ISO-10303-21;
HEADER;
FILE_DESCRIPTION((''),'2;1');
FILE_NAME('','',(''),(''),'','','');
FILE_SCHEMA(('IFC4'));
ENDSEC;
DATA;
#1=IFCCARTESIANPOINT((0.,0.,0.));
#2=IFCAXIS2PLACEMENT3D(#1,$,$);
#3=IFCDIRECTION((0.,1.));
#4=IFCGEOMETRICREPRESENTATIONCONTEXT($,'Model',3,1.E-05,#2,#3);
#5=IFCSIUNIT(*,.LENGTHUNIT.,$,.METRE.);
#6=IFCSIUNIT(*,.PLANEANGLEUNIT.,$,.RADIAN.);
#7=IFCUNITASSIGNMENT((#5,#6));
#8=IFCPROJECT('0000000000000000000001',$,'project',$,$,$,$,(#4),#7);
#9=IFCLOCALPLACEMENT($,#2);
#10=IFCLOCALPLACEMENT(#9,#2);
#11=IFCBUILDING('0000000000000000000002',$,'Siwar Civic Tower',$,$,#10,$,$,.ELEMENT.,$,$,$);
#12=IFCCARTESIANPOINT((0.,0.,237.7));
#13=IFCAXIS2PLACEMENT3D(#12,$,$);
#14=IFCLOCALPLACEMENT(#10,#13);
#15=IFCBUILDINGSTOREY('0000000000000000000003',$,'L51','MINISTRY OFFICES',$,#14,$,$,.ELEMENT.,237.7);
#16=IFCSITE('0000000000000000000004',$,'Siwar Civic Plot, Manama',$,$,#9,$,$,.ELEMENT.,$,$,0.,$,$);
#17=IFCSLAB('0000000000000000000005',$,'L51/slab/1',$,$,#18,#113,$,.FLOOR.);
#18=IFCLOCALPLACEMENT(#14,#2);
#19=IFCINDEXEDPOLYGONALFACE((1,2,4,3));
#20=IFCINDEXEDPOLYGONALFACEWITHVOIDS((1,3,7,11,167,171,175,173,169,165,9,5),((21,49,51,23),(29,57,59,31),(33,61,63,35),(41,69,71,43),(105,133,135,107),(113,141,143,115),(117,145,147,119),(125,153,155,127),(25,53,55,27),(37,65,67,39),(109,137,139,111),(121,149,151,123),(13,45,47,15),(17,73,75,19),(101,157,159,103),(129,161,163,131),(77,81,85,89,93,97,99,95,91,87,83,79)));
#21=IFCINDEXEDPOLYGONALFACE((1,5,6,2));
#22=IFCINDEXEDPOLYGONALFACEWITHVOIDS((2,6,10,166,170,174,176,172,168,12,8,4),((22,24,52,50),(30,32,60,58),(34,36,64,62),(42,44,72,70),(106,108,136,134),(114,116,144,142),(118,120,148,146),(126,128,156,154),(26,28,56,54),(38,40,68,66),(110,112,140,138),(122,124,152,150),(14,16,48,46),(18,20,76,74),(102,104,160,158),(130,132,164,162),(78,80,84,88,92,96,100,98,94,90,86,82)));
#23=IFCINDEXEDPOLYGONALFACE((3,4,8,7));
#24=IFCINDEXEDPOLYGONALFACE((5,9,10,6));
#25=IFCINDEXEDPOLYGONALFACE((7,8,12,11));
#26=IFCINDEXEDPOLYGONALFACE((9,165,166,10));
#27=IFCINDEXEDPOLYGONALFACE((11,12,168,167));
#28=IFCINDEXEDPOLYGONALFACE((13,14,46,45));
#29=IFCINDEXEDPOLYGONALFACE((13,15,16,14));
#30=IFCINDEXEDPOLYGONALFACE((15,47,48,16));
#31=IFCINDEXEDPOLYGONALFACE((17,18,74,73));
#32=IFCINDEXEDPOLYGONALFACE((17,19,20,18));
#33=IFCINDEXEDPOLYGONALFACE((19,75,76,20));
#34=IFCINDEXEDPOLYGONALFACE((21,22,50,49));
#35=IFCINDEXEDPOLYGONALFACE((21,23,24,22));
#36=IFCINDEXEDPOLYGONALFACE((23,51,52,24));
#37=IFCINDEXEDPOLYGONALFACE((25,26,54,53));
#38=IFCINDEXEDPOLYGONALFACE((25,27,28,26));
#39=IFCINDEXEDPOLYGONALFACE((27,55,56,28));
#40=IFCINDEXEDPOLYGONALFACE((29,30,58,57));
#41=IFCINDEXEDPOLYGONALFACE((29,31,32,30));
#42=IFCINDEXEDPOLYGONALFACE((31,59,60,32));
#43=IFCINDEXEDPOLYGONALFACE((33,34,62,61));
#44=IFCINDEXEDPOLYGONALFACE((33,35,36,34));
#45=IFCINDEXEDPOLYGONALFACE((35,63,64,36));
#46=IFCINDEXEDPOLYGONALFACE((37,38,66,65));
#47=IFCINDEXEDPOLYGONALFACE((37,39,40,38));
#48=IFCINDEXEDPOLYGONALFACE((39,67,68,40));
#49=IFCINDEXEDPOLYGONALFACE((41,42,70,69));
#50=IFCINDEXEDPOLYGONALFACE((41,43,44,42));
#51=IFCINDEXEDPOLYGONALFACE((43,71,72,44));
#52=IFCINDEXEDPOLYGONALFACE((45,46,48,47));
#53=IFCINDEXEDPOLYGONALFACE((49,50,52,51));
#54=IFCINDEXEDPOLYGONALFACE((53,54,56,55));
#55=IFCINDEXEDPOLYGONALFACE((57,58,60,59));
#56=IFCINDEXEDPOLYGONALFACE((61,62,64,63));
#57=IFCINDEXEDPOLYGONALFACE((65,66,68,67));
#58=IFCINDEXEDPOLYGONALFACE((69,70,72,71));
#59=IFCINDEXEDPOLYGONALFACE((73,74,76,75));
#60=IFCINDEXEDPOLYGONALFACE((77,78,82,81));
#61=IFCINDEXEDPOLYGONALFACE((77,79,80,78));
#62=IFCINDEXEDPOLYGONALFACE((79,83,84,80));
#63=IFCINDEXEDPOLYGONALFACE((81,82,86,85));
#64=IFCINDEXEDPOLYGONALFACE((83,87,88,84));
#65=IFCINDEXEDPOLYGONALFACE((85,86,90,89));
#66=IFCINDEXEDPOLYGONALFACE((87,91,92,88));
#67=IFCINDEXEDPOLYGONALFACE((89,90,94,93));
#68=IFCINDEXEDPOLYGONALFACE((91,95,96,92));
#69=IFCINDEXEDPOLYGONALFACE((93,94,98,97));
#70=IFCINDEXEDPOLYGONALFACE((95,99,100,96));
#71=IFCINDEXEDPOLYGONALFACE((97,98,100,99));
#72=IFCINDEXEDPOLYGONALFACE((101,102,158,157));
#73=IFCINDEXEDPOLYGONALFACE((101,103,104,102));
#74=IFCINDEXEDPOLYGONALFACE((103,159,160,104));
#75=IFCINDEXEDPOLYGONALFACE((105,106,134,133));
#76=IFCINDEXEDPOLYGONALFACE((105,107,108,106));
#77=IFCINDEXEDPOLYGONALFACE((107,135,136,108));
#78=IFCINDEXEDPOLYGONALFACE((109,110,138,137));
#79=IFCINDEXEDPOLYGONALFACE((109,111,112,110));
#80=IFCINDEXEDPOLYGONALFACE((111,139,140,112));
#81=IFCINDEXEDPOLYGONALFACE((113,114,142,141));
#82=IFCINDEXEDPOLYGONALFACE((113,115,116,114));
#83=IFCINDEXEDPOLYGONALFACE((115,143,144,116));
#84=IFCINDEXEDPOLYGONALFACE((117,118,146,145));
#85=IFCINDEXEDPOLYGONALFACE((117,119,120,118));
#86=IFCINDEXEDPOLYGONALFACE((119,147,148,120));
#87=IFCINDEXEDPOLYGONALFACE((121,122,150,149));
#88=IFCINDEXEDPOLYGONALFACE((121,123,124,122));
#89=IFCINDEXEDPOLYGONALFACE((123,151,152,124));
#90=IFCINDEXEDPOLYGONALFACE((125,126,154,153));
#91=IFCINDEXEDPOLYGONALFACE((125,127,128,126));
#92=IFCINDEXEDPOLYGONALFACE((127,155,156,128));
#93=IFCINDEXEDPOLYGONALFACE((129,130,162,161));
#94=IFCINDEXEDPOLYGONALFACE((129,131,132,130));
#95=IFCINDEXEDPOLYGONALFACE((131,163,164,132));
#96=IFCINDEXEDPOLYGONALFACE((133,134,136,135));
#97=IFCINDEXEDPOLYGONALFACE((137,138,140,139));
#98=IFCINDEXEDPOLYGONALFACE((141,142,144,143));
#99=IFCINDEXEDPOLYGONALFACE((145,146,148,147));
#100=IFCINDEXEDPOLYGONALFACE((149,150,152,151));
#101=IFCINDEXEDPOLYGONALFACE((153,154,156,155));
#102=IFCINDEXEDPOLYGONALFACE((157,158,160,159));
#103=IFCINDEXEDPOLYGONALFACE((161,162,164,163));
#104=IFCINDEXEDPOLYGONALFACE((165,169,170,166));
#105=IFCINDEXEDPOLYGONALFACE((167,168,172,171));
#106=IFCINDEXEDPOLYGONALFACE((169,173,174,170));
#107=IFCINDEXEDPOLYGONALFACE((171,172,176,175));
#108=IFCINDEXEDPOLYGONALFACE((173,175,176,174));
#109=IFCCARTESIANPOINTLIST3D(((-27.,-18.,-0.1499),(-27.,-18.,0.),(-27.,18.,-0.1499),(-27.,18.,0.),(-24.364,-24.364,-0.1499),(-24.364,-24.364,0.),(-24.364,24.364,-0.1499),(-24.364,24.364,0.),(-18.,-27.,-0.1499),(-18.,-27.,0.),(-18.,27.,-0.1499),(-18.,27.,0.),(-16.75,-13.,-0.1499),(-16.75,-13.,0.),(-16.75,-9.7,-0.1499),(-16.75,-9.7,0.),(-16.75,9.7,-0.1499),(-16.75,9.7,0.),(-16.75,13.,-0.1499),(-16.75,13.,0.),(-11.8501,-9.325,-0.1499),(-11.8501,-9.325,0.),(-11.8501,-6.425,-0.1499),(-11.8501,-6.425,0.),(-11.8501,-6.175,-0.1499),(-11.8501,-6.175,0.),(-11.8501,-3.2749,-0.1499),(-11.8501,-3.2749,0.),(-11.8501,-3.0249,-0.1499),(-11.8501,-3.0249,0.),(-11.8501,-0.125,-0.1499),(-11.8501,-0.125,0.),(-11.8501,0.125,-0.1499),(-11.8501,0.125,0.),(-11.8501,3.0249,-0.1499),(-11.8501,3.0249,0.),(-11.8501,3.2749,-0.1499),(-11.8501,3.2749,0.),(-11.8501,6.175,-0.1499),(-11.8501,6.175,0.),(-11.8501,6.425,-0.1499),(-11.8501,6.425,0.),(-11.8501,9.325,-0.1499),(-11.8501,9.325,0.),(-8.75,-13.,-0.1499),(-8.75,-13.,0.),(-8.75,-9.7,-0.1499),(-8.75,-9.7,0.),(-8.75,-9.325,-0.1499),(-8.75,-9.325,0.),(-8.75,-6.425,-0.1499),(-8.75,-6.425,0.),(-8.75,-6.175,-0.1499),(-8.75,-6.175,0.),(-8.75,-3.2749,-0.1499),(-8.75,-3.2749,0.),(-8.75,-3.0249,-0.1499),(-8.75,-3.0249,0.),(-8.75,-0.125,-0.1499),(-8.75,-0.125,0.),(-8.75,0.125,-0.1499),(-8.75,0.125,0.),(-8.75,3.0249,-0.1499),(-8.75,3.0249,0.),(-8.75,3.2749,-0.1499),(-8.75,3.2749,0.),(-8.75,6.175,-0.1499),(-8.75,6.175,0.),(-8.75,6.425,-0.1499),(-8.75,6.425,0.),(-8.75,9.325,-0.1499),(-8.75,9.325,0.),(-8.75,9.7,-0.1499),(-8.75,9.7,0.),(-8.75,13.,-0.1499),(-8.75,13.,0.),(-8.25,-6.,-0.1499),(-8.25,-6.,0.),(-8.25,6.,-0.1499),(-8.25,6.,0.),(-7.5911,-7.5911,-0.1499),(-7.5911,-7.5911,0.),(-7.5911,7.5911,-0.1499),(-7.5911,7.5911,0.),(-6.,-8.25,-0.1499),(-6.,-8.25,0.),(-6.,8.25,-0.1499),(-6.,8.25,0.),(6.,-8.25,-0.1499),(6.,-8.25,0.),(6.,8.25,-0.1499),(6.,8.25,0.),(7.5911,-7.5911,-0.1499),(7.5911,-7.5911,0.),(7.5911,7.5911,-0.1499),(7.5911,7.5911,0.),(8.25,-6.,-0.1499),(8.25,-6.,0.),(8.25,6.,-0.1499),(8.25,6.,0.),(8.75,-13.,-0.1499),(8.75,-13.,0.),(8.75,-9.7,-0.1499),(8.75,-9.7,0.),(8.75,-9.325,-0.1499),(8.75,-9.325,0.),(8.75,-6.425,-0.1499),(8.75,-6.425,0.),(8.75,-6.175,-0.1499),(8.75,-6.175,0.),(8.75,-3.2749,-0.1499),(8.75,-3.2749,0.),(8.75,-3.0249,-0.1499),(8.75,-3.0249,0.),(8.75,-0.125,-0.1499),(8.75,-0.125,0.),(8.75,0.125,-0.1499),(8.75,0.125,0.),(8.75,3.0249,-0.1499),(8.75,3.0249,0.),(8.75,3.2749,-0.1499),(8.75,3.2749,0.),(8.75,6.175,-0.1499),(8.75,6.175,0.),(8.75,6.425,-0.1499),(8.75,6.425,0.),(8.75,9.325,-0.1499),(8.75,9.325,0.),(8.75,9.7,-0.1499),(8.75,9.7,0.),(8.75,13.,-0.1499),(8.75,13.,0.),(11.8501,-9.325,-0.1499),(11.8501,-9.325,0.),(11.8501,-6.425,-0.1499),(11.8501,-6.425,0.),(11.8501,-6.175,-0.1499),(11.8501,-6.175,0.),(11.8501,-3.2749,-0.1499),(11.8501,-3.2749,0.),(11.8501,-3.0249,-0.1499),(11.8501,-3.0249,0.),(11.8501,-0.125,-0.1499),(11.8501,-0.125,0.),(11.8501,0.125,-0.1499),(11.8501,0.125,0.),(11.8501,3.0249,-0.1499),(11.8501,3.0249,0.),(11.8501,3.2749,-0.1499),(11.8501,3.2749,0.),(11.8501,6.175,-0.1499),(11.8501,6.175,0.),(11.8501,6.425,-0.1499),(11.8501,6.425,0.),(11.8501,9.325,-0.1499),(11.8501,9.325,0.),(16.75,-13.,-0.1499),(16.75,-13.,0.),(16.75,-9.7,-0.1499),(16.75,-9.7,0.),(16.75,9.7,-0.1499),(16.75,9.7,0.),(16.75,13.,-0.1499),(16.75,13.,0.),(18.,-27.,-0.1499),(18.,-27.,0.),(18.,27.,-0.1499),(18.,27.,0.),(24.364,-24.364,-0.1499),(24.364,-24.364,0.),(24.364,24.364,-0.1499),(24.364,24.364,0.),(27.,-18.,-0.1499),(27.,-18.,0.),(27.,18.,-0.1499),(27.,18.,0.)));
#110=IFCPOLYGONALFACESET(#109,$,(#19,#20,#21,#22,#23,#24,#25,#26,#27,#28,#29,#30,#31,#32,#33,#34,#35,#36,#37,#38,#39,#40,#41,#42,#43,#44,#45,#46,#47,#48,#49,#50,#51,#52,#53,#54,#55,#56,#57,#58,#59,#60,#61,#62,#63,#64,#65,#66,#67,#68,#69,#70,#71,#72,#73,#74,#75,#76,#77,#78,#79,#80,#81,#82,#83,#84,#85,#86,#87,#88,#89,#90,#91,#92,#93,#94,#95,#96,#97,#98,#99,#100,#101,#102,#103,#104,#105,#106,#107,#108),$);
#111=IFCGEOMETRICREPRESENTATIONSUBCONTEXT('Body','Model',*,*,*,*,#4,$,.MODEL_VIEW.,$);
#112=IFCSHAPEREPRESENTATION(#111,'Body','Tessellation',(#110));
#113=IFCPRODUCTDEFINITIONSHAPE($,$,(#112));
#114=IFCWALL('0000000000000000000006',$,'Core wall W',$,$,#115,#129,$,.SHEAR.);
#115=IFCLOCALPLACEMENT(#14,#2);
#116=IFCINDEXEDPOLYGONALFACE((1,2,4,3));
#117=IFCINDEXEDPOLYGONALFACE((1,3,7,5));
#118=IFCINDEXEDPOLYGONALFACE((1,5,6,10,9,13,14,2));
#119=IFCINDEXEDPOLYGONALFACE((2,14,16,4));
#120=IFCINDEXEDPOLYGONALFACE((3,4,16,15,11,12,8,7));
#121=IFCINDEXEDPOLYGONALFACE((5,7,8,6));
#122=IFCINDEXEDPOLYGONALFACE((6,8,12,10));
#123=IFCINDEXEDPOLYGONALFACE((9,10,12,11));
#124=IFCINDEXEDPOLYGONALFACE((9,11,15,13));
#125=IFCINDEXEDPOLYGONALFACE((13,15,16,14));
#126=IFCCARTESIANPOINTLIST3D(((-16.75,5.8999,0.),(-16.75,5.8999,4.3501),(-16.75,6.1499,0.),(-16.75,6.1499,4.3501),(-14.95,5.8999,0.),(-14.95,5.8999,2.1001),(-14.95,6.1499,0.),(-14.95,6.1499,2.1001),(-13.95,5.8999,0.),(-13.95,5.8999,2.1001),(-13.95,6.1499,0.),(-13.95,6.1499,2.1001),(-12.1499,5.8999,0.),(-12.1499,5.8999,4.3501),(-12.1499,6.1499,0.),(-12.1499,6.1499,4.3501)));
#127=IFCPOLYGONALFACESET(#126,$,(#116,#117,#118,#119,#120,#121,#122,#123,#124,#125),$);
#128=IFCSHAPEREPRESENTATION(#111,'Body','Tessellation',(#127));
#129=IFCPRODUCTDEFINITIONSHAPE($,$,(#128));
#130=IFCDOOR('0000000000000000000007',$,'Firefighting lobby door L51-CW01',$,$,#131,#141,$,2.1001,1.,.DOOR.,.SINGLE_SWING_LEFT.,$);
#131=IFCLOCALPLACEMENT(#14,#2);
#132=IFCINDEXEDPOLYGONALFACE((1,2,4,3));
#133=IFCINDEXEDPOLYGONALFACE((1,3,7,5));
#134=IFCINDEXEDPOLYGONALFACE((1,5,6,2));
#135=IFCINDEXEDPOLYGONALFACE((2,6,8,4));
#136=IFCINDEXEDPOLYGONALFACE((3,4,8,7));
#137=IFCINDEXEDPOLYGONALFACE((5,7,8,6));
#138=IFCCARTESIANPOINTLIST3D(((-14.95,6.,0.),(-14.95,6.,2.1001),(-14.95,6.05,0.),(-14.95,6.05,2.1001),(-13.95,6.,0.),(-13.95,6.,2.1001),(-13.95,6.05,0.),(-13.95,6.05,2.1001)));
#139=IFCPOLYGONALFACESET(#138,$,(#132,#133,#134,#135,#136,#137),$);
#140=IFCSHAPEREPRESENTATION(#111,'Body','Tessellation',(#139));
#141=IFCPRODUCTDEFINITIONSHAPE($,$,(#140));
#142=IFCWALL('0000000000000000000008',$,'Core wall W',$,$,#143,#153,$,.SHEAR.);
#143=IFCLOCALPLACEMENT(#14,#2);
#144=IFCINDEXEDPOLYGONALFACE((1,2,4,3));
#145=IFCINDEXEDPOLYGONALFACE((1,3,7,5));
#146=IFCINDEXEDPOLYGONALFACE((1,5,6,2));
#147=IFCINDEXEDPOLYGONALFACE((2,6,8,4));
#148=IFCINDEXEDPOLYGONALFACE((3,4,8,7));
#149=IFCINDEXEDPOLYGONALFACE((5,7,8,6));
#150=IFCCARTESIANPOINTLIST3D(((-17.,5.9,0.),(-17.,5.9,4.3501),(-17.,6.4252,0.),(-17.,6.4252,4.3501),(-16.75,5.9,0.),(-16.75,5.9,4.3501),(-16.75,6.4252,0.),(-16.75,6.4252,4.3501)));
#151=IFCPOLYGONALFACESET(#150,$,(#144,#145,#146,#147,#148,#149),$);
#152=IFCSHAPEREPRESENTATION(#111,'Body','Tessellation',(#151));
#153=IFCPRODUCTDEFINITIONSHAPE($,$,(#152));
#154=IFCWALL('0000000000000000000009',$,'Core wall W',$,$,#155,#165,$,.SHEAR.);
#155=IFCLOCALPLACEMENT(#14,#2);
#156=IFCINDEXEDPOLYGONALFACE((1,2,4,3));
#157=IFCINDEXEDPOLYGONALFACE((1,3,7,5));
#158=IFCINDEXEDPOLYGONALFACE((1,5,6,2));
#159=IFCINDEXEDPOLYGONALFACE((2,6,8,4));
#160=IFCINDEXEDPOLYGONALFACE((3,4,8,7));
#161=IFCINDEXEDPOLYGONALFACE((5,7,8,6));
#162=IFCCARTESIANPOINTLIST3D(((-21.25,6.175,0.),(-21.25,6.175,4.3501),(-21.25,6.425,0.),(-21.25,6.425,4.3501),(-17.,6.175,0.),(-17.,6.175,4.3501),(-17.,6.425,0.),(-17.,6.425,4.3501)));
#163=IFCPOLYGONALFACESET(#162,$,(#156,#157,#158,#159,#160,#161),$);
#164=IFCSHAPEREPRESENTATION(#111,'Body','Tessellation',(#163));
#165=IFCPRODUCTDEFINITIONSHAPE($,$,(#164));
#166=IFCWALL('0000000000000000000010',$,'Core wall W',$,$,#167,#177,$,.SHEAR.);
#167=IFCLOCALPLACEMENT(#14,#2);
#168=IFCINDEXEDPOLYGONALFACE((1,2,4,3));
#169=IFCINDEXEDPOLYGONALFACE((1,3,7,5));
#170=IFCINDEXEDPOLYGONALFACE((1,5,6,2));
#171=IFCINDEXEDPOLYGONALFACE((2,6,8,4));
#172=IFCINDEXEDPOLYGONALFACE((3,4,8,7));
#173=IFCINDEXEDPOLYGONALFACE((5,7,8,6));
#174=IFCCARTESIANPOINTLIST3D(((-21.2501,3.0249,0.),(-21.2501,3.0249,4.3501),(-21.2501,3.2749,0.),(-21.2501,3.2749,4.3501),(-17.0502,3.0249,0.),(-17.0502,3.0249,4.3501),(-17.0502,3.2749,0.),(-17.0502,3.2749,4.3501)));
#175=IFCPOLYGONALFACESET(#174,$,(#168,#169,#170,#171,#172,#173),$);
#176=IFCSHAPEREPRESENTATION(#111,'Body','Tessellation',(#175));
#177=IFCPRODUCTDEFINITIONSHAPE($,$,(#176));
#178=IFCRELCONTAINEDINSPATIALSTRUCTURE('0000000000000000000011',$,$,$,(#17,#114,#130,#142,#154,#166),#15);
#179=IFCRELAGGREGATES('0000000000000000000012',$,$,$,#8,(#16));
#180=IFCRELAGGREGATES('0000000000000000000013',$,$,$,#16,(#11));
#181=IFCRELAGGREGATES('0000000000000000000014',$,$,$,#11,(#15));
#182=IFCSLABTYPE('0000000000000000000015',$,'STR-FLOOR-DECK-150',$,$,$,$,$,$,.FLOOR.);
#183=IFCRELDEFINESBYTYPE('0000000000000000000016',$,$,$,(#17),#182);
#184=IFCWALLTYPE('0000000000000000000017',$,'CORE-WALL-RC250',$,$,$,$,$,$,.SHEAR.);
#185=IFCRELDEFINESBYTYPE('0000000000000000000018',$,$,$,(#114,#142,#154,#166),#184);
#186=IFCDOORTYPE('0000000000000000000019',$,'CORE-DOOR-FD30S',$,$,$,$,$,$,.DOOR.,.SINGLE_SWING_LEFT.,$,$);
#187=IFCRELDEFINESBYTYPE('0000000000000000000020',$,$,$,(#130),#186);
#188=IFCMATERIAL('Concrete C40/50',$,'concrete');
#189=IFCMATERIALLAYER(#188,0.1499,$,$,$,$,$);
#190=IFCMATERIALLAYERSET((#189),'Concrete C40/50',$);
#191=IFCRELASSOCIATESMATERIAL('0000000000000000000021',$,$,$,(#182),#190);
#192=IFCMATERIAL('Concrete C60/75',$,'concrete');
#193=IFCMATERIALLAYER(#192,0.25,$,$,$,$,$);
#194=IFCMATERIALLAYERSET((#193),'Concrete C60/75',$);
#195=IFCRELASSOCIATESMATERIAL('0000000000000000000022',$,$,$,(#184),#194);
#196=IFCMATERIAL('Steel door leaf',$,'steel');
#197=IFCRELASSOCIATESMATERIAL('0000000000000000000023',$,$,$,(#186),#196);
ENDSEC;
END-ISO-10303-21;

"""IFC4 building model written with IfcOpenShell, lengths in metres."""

from ifc_helpers import new_model, si_unit, direction, frame, frame_2d, origin, place, context, subcontext, project, spatial, polyline, rectangle, outline, extrude, material, layer, layer_set, type_object, element, fill, save


model = new_model("IFC4")

# Units and contexts
model_context = context("Model", 3, precision=1e-05, world=origin(), true_north=direction((0.0, 1.0)))
body_context = subcontext(model_context, "Body", "Model", "MODEL_VIEW")
ifc_project = project(units=[si_unit("LENGTHUNIT", "METRE"), si_unit("PLANEANGLEUNIT", "RADIAN")], contexts=[model_context])

# Site, building, storey
site_placement = place(None, origin())
site = spatial("IfcSite", under=ifc_project, at=site_placement, Name="Siwar Civic Plot, Manama", CompositionType="ELEMENT", RefElevation=0.0)
building_placement = place(site_placement, origin())
building = spatial("IfcBuilding", under=site, at=building_placement, Name="Siwar Civic Tower", CompositionType="ELEMENT")
storey_placement = place(building_placement, frame((0.0, 0.0, 237.7)))
storey = spatial("IfcBuildingStorey", under=building, at=storey_placement, Name="L51", Description="MINISTRY OFFICES", CompositionType="ELEMENT", Elevation=237.7)

# Slab
ifc_material_1 = material(Name="Concrete C40/50", Category="concrete")
ifc_layer_1 = layer(ifc_material_1, 0.1499)
ifc_layer_set_1 = layer_set([ifc_layer_1], Name="Concrete C40/50")
slab_type_1 = type_object("IfcSlabType", Name="STR-FLOOR-DECK-150", PredefinedType="FLOOR", material=ifc_layer_set_1)
slab_1_placement = place(storey_placement, frame((0.0, 0.0, -0.1499)))
element("IfcSlab", 1, at=slab_1_placement, inside=storey, type_object=slab_type_1, Name="L51/slab/1", PredefinedType="FLOOR", context=body_context, shape_type="SweptSolid", body=[
    extrude(outline(polyline([(-18.0, -27.0), (18.0, -27.0), (24.364, -24.364), (27.0, -18.0), (27.0, 18.0), (24.364, 24.364), (18.0, 27.0), (-18.0, 27.0), (-24.364, 24.364), (-27.0, 18.0), (-27.0, -18.0), (-24.364, -24.364), (-18.0, -27.0)]), holes=[polyline([(16.75, 13.0), (16.75, 9.7), (8.75, 9.7), (8.75, 13.0), (16.75, 13.0)]), polyline([(8.75, -9.7), (16.75, -9.7), (16.75, -13.0), (8.75, -13.0), (8.75, -9.7)]), polyline([(11.8501, 9.325), (11.8501, 6.425), (8.75, 6.425), (8.75, 9.325), (11.8501, 9.325)]), polyline([(8.75, 6.175), (11.8501, 6.175), (11.8501, 3.2749), (8.75, 3.2749), (8.75, 6.175)]), polyline([(8.75, 3.0249), (11.8501, 3.0249), (11.8501, 0.125), (8.75, 0.125), (8.75, 3.0249)]), polyline([(8.75, -0.125), (11.8501, -0.125), (11.8501, -3.0249), (8.75, -3.0249), (8.75, -0.125)]), polyline([(8.75, -3.2749), (11.8501, -3.2749), (11.8501, -6.175), (8.75, -6.175), (8.75, -3.2749)]), polyline([(8.75, -6.425), (11.8501, -6.425), (11.8501, -9.325), (8.75, -9.325), (8.75, -6.425)]), polyline([(-6.0, 8.25), (6.0, 8.25), (7.5911, 7.5911), (8.25, 6.0), (8.25, -6.0), (7.5911, -7.5911), (6.0, -8.25), (-6.0, -8.25), (-7.5911, -7.5911), (-8.25, -6.0), (-8.25, 6.0), (-7.5911, 7.5911), (-6.0, 8.25)]), polyline([(-8.75, -13.0), (-16.75, -13.0), (-16.75, -9.7), (-8.75, -9.7), (-8.75, -13.0)]), polyline([(-8.75, 9.7), (-16.75, 9.7), (-16.75, 13.0), (-8.75, 13.0), (-8.75, 9.7)]), polyline([(-8.75, 6.425), (-11.8501, 6.425), (-11.8501, 9.325), (-8.75, 9.325), (-8.75, 6.425)]), polyline([(-8.75, 3.2749), (-11.8501, 3.2749), (-11.8501, 6.175), (-8.75, 6.175), (-8.75, 3.2749)]), polyline([(-8.75, 0.125), (-11.8501, 0.125), (-11.8501, 3.0249), (-8.75, 3.0249), (-8.75, 0.125)]), polyline([(-8.75, -3.0249), (-11.8501, -3.0249), (-11.8501, -0.125), (-8.75, -0.125), (-8.75, -3.0249)]), polyline([(-8.75, -6.175), (-11.8501, -6.175), (-11.8501, -3.2749), (-8.75, -3.2749), (-8.75, -6.175)]), polyline([(-8.75, -9.325), (-11.8501, -9.325), (-11.8501, -6.425), (-8.75, -6.425), (-8.75, -9.325)])]), origin(), (0.0, 0.0, 1.0), 0.1499),
])

# Wall, opening, door
ifc_material_2 = material(Name="Concrete C60/75", Category="concrete")
ifc_layer_2 = layer(ifc_material_2, 0.25)
ifc_layer_set_2 = layer_set([ifc_layer_2], Name="Concrete C60/75")
wall_type_1 = type_object("IfcWallType", Name="CORE-WALL-RC250", PredefinedType="SHEAR", material=ifc_layer_set_2)
wall_1_placement = place(storey_placement, frame((-12.1499, 6.0249, 0.0), z_axis=(0.0, 0.0, 1.0), x_axis=(-1.0, 0.0, 0.0)))
wall_1 = element("IfcWall", 2, at=wall_1_placement, inside=storey, type_object=wall_type_1, Name="Core wall W", PredefinedType="SHEAR", context=body_context, shape_type="SweptSolid", body=[
    extrude(rectangle(XDim=4.6001, YDim=0.25, at=frame_2d((2.3, 0.0))), origin(), (0.0, 0.0, 1.0), 4.3501),
])
opening_placement = place(wall_1_placement, frame((1.8, 0.0, 0.0)))
opening = element("IfcOpeningElement", 3, at=opening_placement, cuts=wall_1, PredefinedType="OPENING", context=body_context, shape_type="SweptSolid", body=[
    extrude(rectangle(XDim=1.0, YDim=2.1001, at=frame_2d((0.5, 1.05))), frame((0.0, 0.135, 0.0), z_axis=(0.0, -1.0, 0.0), x_axis=(1.0, 0.0, 0.0)), (0.0, 0.0, 1.0), 0.27),
])
ifc_material_3 = material(Name="Steel door leaf", Category="steel")
door_type = type_object("IfcDoorType", Name="CORE-DOOR-FD30S", OperationType="SINGLE_SWING_LEFT", PredefinedType="DOOR", material=ifc_material_3)
door_placement = place(opening_placement, origin())
door = element("IfcDoor", 4, at=door_placement, inside=storey, type_object=door_type, Name="Firefighting lobby door L51-CW01", OperationType="SINGLE_SWING_LEFT", OverallHeight=2.1001, OverallWidth=1.0, PredefinedType="DOOR", context=body_context, shape_type="SweptSolid", body=[
    extrude(rectangle(XDim=1.0, YDim=2.1001, at=frame_2d((0.5, 1.05))), frame((0.0, 0.0249, 0.0), z_axis=(0.0, -1.0, 0.0), x_axis=(1.0, 0.0, 0.0)), (0.0, 0.0, 1.0), 0.05),
])
fill(opening, door)

# Walls
wall_2_placement = place(storey_placement, frame((-16.875, 5.8999, 0.0), z_axis=(0.0, 0.0, 1.0), x_axis=(0.0, 1.0, 0.0)))
element("IfcWall", 5, at=wall_2_placement, inside=storey, type_object=wall_type_1, Name="Core wall W", PredefinedType="SHEAR", context=body_context, shape_type="SweptSolid", body=[
    extrude(rectangle(XDim=0.5251, YDim=0.25, at=frame_2d((0.2627, 0.0))), origin(), (0.0, 0.0, 1.0), 4.3501),
])
wall_3_placement = place(storey_placement, frame((-17.0, 6.3, 0.0), z_axis=(0.0, 0.0, 1.0), x_axis=(-1.0, 0.0, 0.0)))
element("IfcWall", 6, at=wall_3_placement, inside=storey, type_object=wall_type_1, Name="Core wall W", PredefinedType="SHEAR", context=body_context, shape_type="SweptSolid", body=[
    extrude(rectangle(XDim=4.25, YDim=0.25, at=frame_2d((2.125, 0.0))), origin(), (0.0, 0.0, 1.0), 4.3501),
])
wall_4_placement = place(storey_placement, frame((-17.05, 3.1499, 0.0), z_axis=(0.0, 0.0, 1.0), x_axis=(-1.0, 0.0, 0.0)))
element("IfcWall", 7, at=wall_4_placement, inside=storey, type_object=wall_type_1, Name="Core wall W", PredefinedType="SHEAR", context=body_context, shape_type="SweptSolid", body=[
    extrude(rectangle(XDim=4.2, YDim=0.25, at=frame_2d((2.1001, 0.0))), origin(), (0.0, 0.0, 1.0), 4.3501),
])

save(model, "model.ifc")
